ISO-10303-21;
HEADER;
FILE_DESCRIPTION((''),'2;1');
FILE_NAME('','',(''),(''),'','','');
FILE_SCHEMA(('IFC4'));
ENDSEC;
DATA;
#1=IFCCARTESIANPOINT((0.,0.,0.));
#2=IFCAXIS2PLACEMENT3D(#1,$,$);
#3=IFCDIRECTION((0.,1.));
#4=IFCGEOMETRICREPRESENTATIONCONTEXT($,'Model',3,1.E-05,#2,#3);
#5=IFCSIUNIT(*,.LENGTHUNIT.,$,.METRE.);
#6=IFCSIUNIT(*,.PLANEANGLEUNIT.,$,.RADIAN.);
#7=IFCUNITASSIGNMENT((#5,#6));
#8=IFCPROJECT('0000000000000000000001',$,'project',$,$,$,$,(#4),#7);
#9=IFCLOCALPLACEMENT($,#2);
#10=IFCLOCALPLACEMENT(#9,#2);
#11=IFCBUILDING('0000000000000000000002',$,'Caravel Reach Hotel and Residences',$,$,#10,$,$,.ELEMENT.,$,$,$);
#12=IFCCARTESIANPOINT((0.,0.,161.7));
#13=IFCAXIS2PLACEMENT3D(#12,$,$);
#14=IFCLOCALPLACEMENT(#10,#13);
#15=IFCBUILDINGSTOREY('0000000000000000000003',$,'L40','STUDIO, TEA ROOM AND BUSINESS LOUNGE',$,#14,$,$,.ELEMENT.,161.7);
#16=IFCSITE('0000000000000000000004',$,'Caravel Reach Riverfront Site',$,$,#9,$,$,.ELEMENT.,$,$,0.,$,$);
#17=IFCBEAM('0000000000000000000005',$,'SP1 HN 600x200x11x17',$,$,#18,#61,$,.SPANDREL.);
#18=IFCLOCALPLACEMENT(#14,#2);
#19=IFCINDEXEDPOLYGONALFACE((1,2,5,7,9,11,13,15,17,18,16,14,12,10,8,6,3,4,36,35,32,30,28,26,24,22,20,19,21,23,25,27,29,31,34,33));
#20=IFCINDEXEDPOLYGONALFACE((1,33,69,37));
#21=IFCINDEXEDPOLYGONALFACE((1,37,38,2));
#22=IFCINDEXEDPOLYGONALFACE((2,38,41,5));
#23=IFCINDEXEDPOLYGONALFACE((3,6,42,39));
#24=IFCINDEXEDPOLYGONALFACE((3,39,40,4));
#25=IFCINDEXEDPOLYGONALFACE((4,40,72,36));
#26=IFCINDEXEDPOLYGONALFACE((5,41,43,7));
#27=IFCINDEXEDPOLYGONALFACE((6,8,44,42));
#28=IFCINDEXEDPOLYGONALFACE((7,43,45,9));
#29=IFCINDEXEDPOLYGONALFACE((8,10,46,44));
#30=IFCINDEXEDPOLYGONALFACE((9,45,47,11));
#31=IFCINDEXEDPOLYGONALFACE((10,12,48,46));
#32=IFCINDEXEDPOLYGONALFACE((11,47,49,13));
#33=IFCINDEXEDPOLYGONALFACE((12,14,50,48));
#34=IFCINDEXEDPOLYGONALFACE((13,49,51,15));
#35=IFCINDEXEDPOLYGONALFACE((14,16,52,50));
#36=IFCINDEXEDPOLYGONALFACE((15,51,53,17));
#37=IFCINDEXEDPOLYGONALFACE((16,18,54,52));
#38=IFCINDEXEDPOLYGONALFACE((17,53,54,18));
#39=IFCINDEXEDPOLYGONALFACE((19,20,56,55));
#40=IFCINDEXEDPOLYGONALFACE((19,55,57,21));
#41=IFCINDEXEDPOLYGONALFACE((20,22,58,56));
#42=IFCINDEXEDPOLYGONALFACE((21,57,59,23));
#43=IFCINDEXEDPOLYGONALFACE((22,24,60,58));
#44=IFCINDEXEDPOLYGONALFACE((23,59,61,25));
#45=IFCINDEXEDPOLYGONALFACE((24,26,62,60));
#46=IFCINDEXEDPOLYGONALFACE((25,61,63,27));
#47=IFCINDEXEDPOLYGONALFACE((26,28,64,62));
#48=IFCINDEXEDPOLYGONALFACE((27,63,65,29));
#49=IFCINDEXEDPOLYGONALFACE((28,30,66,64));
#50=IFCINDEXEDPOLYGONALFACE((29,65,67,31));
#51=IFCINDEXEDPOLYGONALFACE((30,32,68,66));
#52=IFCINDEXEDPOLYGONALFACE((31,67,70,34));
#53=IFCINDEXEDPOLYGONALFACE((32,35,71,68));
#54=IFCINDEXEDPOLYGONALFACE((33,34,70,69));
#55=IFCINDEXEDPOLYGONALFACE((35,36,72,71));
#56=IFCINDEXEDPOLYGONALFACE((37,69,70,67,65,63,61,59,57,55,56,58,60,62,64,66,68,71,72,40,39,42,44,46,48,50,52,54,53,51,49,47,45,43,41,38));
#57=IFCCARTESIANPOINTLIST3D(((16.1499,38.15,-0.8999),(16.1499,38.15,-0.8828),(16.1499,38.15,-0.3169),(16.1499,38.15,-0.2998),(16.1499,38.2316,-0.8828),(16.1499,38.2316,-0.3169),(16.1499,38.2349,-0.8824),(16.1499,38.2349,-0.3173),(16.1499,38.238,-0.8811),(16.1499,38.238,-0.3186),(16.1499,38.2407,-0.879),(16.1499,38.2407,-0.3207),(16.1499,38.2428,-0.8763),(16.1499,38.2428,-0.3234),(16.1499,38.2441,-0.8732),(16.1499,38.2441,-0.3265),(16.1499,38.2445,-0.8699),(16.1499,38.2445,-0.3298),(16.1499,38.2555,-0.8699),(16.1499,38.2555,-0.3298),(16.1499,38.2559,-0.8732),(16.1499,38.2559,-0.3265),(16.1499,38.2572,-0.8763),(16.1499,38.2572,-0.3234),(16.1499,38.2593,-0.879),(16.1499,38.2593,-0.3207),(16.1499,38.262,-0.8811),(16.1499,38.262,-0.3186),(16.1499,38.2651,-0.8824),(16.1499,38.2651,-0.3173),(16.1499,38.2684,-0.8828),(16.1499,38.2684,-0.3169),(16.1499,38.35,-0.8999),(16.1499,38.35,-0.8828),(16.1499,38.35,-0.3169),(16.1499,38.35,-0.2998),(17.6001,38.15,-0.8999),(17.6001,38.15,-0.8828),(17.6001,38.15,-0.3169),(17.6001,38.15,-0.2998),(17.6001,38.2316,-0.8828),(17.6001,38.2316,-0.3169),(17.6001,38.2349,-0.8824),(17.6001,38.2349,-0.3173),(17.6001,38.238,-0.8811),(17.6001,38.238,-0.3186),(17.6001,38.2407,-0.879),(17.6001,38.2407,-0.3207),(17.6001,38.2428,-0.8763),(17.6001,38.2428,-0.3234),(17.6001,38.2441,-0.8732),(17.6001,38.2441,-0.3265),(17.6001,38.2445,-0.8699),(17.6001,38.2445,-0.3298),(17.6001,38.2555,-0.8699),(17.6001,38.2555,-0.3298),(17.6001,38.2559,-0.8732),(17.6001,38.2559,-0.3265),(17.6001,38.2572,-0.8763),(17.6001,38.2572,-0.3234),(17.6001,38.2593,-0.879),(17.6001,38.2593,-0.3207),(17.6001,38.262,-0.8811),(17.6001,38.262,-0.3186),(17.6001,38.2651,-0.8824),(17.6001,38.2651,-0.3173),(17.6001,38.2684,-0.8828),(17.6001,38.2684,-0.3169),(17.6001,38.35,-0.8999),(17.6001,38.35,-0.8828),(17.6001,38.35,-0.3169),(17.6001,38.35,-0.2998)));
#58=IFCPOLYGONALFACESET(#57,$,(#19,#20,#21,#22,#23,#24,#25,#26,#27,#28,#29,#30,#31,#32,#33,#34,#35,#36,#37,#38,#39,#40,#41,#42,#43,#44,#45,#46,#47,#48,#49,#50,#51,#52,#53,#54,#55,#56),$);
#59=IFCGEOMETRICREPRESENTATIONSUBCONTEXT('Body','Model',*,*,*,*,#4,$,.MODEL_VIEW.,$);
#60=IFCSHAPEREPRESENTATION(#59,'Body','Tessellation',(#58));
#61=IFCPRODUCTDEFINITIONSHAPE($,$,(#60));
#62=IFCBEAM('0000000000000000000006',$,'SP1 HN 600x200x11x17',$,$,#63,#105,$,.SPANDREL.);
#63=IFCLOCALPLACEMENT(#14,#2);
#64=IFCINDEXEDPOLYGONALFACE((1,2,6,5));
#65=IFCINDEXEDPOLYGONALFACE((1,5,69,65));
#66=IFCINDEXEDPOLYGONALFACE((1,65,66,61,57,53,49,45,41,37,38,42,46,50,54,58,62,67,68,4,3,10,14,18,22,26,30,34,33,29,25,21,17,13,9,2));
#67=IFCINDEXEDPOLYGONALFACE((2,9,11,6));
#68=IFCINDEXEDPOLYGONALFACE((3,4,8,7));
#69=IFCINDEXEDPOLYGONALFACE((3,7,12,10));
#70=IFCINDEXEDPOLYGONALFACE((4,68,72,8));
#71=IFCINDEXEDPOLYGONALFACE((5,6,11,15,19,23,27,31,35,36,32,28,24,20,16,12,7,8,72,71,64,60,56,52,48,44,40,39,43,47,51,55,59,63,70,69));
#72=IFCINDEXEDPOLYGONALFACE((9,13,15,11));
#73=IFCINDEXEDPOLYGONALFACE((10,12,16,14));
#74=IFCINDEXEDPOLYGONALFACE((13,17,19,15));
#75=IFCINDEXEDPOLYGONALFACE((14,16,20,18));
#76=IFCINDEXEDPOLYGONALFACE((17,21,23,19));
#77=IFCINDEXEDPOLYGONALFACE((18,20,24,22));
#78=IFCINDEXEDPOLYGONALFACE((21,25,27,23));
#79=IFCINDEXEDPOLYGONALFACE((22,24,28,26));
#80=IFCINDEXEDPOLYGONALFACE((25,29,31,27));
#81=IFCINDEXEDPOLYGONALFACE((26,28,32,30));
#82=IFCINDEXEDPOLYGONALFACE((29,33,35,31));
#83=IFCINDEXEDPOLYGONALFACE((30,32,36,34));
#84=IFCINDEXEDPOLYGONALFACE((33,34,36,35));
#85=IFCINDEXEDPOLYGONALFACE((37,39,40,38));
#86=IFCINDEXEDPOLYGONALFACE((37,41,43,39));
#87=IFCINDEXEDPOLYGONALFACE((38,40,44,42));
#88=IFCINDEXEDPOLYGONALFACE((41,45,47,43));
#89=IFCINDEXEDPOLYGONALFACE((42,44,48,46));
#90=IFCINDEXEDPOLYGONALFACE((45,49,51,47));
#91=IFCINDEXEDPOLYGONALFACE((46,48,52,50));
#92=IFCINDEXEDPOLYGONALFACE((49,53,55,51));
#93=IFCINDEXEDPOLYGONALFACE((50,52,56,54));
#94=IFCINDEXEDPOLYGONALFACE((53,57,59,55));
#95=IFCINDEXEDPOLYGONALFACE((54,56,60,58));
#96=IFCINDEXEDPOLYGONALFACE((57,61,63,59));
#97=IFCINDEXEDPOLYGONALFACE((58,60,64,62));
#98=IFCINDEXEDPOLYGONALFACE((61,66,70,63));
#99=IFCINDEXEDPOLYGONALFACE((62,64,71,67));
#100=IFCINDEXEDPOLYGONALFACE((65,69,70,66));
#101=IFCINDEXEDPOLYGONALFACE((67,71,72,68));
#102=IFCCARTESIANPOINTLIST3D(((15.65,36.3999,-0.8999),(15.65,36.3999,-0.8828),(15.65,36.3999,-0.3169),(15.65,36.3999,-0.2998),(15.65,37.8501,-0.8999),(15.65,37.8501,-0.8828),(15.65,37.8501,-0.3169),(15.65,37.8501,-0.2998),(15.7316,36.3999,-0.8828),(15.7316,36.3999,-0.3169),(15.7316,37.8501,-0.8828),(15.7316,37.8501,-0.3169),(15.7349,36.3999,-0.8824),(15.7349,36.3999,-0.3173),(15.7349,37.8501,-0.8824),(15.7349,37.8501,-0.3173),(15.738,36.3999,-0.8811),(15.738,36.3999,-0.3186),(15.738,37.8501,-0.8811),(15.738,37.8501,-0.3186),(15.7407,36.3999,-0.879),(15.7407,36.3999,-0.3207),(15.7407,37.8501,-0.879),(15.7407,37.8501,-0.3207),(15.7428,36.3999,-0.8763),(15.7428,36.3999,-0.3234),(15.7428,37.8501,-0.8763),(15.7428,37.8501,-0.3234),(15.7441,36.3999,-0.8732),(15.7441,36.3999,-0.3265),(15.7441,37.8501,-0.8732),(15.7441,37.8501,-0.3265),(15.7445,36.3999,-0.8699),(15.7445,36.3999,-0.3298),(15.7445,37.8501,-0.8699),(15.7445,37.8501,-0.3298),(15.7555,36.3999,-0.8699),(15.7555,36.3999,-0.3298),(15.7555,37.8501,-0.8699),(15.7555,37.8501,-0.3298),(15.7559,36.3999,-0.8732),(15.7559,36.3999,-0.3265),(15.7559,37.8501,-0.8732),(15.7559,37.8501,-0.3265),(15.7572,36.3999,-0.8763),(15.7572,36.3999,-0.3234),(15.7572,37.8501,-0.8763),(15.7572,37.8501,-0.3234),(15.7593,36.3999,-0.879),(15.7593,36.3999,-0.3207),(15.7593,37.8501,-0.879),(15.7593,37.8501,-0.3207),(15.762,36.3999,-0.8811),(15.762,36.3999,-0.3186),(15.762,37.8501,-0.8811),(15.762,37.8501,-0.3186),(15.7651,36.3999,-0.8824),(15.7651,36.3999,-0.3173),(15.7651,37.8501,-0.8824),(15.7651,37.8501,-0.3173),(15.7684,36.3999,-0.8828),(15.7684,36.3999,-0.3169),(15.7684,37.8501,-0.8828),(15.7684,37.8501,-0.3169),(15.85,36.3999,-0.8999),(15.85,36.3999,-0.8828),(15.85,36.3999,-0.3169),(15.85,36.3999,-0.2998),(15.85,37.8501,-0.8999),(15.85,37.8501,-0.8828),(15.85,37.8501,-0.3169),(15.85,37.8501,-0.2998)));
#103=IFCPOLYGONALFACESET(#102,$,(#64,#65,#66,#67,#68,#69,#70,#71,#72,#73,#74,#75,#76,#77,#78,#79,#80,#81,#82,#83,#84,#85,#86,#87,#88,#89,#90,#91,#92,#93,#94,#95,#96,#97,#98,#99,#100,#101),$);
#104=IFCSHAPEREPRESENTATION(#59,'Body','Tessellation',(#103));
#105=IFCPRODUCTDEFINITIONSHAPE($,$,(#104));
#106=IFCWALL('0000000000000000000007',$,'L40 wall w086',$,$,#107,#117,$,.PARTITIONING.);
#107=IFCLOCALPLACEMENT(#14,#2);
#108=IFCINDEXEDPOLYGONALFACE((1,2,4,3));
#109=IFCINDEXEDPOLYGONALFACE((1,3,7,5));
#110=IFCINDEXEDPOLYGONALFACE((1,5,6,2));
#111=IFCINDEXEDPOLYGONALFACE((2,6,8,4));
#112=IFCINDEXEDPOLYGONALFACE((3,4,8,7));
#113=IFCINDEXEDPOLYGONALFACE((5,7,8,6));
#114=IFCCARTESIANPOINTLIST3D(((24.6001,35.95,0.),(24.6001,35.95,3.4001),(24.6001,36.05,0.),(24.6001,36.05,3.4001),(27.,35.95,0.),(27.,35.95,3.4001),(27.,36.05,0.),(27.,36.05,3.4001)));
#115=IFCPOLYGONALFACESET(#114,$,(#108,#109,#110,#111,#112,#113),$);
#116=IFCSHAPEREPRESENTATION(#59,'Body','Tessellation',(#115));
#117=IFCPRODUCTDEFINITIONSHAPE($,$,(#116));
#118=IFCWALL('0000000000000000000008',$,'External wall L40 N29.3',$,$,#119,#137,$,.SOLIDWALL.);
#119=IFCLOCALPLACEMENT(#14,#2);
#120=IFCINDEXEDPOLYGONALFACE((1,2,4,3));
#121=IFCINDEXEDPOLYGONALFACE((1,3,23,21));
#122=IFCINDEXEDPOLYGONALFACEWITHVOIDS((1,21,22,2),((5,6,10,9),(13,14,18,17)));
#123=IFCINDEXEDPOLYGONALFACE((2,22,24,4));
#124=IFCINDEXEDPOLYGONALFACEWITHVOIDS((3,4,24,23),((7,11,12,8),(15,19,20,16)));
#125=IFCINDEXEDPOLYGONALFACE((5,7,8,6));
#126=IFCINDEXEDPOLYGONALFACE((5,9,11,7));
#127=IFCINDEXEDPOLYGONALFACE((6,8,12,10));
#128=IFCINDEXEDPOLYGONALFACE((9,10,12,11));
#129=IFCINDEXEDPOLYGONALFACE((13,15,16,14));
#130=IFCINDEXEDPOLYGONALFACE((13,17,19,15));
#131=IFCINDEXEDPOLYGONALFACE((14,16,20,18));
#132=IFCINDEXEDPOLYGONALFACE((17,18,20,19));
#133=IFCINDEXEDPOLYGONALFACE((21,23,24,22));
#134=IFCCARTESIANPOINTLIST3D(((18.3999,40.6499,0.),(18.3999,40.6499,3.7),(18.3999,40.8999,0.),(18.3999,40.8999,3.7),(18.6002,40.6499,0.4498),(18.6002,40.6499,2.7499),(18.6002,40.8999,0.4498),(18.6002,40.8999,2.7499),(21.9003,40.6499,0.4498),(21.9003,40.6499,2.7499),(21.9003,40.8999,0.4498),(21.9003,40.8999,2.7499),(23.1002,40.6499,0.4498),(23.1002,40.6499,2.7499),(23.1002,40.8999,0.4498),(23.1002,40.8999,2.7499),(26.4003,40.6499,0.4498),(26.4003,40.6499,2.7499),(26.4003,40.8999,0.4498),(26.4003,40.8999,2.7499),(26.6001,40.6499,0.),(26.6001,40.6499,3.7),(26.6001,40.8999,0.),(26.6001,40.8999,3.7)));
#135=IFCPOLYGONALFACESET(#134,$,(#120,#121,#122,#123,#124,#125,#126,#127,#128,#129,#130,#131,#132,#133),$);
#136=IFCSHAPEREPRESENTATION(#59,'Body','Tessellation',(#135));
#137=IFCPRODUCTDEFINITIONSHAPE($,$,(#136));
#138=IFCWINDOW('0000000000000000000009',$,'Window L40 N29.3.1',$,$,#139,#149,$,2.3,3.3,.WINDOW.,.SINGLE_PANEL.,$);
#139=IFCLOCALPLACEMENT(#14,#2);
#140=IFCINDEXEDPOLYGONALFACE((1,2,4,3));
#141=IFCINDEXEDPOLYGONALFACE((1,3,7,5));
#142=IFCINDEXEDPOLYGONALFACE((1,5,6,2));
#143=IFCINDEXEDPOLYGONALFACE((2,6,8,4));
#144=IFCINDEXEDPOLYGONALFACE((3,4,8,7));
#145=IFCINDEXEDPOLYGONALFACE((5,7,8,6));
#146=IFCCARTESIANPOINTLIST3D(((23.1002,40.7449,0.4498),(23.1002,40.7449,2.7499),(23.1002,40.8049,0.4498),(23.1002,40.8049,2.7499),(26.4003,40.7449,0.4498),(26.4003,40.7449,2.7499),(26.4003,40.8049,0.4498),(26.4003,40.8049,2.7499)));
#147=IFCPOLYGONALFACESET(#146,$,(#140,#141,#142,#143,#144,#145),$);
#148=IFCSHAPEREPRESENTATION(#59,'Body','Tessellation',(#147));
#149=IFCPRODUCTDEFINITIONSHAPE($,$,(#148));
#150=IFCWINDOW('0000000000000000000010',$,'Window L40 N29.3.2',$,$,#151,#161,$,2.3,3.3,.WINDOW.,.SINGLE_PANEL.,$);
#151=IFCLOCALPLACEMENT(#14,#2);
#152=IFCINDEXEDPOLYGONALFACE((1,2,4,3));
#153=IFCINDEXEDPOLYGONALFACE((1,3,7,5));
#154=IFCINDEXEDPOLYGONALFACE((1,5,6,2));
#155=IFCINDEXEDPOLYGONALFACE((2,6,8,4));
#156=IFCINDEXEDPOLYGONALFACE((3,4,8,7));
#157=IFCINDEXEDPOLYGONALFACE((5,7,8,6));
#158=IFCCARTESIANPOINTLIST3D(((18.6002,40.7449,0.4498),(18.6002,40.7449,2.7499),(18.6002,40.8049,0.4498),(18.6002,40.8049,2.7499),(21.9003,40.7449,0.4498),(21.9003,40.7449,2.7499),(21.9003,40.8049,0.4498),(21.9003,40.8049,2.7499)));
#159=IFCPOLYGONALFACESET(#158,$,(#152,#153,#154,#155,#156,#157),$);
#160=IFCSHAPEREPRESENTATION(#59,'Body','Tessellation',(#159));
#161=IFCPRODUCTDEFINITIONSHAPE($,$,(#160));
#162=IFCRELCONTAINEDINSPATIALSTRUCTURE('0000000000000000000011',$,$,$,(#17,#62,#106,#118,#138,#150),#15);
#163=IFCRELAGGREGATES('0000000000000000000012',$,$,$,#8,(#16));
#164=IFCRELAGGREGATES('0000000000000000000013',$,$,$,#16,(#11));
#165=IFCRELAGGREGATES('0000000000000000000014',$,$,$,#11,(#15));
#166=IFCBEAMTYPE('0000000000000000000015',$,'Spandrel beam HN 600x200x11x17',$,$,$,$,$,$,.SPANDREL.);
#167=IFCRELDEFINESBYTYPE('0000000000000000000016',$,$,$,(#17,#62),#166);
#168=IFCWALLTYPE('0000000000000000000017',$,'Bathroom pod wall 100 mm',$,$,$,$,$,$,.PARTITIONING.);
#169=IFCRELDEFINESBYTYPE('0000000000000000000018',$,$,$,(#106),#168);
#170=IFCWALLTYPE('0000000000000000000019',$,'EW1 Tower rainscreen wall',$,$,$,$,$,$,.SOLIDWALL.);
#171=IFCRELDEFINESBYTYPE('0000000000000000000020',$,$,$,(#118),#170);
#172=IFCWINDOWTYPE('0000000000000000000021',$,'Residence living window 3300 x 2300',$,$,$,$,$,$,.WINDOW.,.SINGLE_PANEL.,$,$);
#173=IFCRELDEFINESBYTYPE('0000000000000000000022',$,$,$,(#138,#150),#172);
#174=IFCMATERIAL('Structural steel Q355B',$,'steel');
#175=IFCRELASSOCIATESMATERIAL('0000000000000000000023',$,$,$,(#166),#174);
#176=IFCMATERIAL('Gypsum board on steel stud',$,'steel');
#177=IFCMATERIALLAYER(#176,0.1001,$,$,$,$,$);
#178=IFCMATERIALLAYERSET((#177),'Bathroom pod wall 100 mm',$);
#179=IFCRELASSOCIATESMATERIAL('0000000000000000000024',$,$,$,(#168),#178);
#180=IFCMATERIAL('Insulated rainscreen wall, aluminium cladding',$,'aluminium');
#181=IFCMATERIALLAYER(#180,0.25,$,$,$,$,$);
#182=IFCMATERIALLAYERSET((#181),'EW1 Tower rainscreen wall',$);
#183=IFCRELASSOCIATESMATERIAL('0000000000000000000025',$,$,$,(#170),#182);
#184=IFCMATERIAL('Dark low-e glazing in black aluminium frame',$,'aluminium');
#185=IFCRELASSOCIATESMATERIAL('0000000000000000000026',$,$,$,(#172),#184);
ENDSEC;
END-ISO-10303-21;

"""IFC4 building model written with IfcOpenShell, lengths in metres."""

from ifc_helpers import new_model, si_unit, direction, frame, frame_2d, origin, origin_2d, place, context, subcontext, project, spatial, rectangle, i_section, extrude, material, layer, layer_set, material_profile, profile_set, type_object, element, fill, save


model = new_model("IFC4")

# Units and contexts
model_context = context("Model", 3, precision=1e-05, world=origin(), true_north=direction((0.0, 1.0)))
body_context = subcontext(model_context, "Body", "Model", "MODEL_VIEW")
ifc_project = project(units=[si_unit("LENGTHUNIT", "METRE"), si_unit("PLANEANGLEUNIT", "RADIAN")], contexts=[model_context])

# Site, building, storey
site_placement = place(None, origin())
site = spatial("IfcSite", under=ifc_project, at=site_placement, Name="Caravel Reach Riverfront Site", CompositionType="ELEMENT", RefElevation=0.0)
building_placement = place(site_placement, origin())
building = spatial("IfcBuilding", under=site, at=building_placement, Name="Caravel Reach Hotel and Residences", CompositionType="ELEMENT")
storey_placement = place(building_placement, frame((0.0, 0.0, 161.7)))
storey = spatial("IfcBuildingStorey", under=building, at=storey_placement, Name="L40", Description="STUDIO, TEA ROOM AND BUSINESS LOUNGE", CompositionType="ELEMENT", Elevation=161.7)

# Beams
ifc_material_1 = material(Name="Structural steel Q355B", Category="steel")
ifc_material_profile_1 = material_profile(ifc_material_1, i_section(OverallWidth=0.2, OverallDepth=0.6001, WebThickness=0.011, FlangeThickness=0.0171, FilletRadius=0.0129, at=origin_2d()), Name="HN 600x200x11x17")
ifc_profile_set_1 = profile_set([ifc_material_profile_1], Name="Structural steel Q355B")
beam_type = type_object("IfcBeamType", Name="Spandrel beam HN 600x200x11x17", PredefinedType="SPANDREL", material=ifc_profile_set_1)
for number, where, z_axis, x_axis, name in (
    (1, (17.6001, 38.25, -0.5999), (-1.0, 0.0, 0.0), (0.0, -1.0, 0.0), "SP1 HN 600x200x11x17"),
    (2, (15.75, 37.8501, -0.5999), (0.0, -1.0, 0.0), (1.0, 0.0, 0.0), "SP1 HN 600x200x11x17"),
):
    element("IfcBeam", number, at=place(storey_placement, frame(where, z_axis=z_axis, x_axis=x_axis)), inside=storey, type_object=beam_type, Name=name, PredefinedType="SPANDREL", context=body_context, shape_type="SweptSolid", body=[
        extrude(i_section(OverallWidth=0.2, OverallDepth=0.6001, WebThickness=0.011, FlangeThickness=0.0171, FilletRadius=0.0129, at=origin_2d()), origin(), (0.0, 0.0, 1.0), 1.4502),
    ])

# Wall
ifc_material_2 = material(Name="Gypsum board on steel stud", Category="steel")
ifc_layer_1 = layer(ifc_material_2, 0.1001)
ifc_layer_set_1 = layer_set([ifc_layer_1], Name="Bathroom pod wall 100 mm")
wall_type_1 = type_object("IfcWallType", Name="Bathroom pod wall 100 mm", PredefinedType="PARTITIONING", material=ifc_layer_set_1)
wall_1_placement = place(storey_placement, frame((24.6001, 36.0, 0.0), z_axis=(0.0, 0.0, 1.0), x_axis=(1.0, 0.0, 0.0)))
element("IfcWall", 3, at=wall_1_placement, inside=storey, type_object=wall_type_1, Name="L40 wall w086", PredefinedType="PARTITIONING", context=body_context, shape_type="SweptSolid", body=[
    extrude(rectangle(XDim=2.3999, YDim=0.1001, at=frame_2d((1.2, 0.0))), origin(), (0.0, 0.0, 1.0), 3.4001),
])

# Wall, openings, windows
ifc_material_3 = material(Name="Insulated rainscreen wall, aluminium cladding", Category="aluminium")
ifc_layer_2 = layer(ifc_material_3, 0.25)
ifc_layer_set_2 = layer_set([ifc_layer_2], Name="EW1 Tower rainscreen wall")
wall_type_2 = type_object("IfcWallType", Name="EW1 Tower rainscreen wall", PredefinedType="SOLIDWALL", material=ifc_layer_set_2)
wall_2_placement = place(storey_placement, frame((26.6001, 40.7749, 0.0), z_axis=(0.0, 0.0, 1.0), x_axis=(-1.0, 0.0, 0.0)))
wall_2 = element("IfcWall", 4, at=wall_2_placement, inside=storey, type_object=wall_type_2, Name="External wall L40 N29.3", PredefinedType="SOLIDWALL", context=body_context, shape_type="SweptSolid", body=[
    extrude(rectangle(XDim=8.2002, YDim=0.25, at=frame_2d((4.1001, 0.0))), origin(), (0.0, 0.0, 1.0), 3.7),
])
opening_1_placement = place(wall_2_placement, frame((0.2, 0.0, 0.45)))
opening_1 = element("IfcOpeningElement", 5, at=opening_1_placement, cuts=wall_2, PredefinedType="OPENING", context=body_context, shape_type="SweptSolid", body=[
    extrude(rectangle(XDim=3.3, YDim=2.3, at=frame_2d((1.6499, 1.1499))), frame((0.0, 0.135, 0.0), z_axis=(0.0, -1.0, 0.0), x_axis=(1.0, 0.0, 0.0)), (0.0, 0.0, 1.0), 0.27),
])
opening_2_placement = place(wall_2_placement, frame((4.7, 0.0, 0.45)))
opening_2 = element("IfcOpeningElement", 6, at=opening_2_placement, cuts=wall_2, PredefinedType="OPENING", context=body_context, shape_type="SweptSolid", body=[
    extrude(rectangle(XDim=3.3, YDim=2.3, at=frame_2d((1.6499, 1.1499))), frame((0.0, 0.135, 0.0), z_axis=(0.0, -1.0, 0.0), x_axis=(1.0, 0.0, 0.0)), (0.0, 0.0, 1.0), 0.27),
])
ifc_material_4 = material(Name="Dark low-e glazing in black aluminium frame", Category="aluminium")
window_type_1 = type_object("IfcWindowType", Name="Residence living window 3300 x 2300", PartitioningType="SINGLE_PANEL", PredefinedType="WINDOW", material=ifc_material_4)
window_1_placement = place(opening_1_placement, origin())
window_1 = element("IfcWindow", 7, at=window_1_placement, inside=storey, type_object=window_type_1, Name="Window L40 N29.3.1", OverallHeight=2.3, OverallWidth=3.3, PartitioningType="SINGLE_PANEL", PredefinedType="WINDOW", context=body_context, shape_type="SweptSolid", body=[
    extrude(rectangle(XDim=3.3, YDim=2.3, at=frame_2d((1.6499, 1.1499))), frame((0.0, 0.03, 0.0), z_axis=(0.0, -1.0, 0.0), x_axis=(1.0, 0.0, 0.0)), (0.0, 0.0, 1.0), 0.0601),
])
fill(opening_1, window_1)
window_2_placement = place(opening_2_placement, origin())
window_2 = element("IfcWindow", 8, at=window_2_placement, inside=storey, type_object=window_type_1, Name="Window L40 N29.3.2", OverallHeight=2.3, OverallWidth=3.3, PartitioningType="SINGLE_PANEL", PredefinedType="WINDOW", context=body_context, shape_type="SweptSolid", body=[
    extrude(rectangle(XDim=3.3, YDim=2.3, at=frame_2d((1.6499, 1.1499))), frame((0.0, 0.03, 0.0), z_axis=(0.0, -1.0, 0.0), x_axis=(1.0, 0.0, 0.0)), (0.0, 0.0, 1.0), 0.0601),
])
fill(opening_2, window_2)

save(model, "model.ifc")
